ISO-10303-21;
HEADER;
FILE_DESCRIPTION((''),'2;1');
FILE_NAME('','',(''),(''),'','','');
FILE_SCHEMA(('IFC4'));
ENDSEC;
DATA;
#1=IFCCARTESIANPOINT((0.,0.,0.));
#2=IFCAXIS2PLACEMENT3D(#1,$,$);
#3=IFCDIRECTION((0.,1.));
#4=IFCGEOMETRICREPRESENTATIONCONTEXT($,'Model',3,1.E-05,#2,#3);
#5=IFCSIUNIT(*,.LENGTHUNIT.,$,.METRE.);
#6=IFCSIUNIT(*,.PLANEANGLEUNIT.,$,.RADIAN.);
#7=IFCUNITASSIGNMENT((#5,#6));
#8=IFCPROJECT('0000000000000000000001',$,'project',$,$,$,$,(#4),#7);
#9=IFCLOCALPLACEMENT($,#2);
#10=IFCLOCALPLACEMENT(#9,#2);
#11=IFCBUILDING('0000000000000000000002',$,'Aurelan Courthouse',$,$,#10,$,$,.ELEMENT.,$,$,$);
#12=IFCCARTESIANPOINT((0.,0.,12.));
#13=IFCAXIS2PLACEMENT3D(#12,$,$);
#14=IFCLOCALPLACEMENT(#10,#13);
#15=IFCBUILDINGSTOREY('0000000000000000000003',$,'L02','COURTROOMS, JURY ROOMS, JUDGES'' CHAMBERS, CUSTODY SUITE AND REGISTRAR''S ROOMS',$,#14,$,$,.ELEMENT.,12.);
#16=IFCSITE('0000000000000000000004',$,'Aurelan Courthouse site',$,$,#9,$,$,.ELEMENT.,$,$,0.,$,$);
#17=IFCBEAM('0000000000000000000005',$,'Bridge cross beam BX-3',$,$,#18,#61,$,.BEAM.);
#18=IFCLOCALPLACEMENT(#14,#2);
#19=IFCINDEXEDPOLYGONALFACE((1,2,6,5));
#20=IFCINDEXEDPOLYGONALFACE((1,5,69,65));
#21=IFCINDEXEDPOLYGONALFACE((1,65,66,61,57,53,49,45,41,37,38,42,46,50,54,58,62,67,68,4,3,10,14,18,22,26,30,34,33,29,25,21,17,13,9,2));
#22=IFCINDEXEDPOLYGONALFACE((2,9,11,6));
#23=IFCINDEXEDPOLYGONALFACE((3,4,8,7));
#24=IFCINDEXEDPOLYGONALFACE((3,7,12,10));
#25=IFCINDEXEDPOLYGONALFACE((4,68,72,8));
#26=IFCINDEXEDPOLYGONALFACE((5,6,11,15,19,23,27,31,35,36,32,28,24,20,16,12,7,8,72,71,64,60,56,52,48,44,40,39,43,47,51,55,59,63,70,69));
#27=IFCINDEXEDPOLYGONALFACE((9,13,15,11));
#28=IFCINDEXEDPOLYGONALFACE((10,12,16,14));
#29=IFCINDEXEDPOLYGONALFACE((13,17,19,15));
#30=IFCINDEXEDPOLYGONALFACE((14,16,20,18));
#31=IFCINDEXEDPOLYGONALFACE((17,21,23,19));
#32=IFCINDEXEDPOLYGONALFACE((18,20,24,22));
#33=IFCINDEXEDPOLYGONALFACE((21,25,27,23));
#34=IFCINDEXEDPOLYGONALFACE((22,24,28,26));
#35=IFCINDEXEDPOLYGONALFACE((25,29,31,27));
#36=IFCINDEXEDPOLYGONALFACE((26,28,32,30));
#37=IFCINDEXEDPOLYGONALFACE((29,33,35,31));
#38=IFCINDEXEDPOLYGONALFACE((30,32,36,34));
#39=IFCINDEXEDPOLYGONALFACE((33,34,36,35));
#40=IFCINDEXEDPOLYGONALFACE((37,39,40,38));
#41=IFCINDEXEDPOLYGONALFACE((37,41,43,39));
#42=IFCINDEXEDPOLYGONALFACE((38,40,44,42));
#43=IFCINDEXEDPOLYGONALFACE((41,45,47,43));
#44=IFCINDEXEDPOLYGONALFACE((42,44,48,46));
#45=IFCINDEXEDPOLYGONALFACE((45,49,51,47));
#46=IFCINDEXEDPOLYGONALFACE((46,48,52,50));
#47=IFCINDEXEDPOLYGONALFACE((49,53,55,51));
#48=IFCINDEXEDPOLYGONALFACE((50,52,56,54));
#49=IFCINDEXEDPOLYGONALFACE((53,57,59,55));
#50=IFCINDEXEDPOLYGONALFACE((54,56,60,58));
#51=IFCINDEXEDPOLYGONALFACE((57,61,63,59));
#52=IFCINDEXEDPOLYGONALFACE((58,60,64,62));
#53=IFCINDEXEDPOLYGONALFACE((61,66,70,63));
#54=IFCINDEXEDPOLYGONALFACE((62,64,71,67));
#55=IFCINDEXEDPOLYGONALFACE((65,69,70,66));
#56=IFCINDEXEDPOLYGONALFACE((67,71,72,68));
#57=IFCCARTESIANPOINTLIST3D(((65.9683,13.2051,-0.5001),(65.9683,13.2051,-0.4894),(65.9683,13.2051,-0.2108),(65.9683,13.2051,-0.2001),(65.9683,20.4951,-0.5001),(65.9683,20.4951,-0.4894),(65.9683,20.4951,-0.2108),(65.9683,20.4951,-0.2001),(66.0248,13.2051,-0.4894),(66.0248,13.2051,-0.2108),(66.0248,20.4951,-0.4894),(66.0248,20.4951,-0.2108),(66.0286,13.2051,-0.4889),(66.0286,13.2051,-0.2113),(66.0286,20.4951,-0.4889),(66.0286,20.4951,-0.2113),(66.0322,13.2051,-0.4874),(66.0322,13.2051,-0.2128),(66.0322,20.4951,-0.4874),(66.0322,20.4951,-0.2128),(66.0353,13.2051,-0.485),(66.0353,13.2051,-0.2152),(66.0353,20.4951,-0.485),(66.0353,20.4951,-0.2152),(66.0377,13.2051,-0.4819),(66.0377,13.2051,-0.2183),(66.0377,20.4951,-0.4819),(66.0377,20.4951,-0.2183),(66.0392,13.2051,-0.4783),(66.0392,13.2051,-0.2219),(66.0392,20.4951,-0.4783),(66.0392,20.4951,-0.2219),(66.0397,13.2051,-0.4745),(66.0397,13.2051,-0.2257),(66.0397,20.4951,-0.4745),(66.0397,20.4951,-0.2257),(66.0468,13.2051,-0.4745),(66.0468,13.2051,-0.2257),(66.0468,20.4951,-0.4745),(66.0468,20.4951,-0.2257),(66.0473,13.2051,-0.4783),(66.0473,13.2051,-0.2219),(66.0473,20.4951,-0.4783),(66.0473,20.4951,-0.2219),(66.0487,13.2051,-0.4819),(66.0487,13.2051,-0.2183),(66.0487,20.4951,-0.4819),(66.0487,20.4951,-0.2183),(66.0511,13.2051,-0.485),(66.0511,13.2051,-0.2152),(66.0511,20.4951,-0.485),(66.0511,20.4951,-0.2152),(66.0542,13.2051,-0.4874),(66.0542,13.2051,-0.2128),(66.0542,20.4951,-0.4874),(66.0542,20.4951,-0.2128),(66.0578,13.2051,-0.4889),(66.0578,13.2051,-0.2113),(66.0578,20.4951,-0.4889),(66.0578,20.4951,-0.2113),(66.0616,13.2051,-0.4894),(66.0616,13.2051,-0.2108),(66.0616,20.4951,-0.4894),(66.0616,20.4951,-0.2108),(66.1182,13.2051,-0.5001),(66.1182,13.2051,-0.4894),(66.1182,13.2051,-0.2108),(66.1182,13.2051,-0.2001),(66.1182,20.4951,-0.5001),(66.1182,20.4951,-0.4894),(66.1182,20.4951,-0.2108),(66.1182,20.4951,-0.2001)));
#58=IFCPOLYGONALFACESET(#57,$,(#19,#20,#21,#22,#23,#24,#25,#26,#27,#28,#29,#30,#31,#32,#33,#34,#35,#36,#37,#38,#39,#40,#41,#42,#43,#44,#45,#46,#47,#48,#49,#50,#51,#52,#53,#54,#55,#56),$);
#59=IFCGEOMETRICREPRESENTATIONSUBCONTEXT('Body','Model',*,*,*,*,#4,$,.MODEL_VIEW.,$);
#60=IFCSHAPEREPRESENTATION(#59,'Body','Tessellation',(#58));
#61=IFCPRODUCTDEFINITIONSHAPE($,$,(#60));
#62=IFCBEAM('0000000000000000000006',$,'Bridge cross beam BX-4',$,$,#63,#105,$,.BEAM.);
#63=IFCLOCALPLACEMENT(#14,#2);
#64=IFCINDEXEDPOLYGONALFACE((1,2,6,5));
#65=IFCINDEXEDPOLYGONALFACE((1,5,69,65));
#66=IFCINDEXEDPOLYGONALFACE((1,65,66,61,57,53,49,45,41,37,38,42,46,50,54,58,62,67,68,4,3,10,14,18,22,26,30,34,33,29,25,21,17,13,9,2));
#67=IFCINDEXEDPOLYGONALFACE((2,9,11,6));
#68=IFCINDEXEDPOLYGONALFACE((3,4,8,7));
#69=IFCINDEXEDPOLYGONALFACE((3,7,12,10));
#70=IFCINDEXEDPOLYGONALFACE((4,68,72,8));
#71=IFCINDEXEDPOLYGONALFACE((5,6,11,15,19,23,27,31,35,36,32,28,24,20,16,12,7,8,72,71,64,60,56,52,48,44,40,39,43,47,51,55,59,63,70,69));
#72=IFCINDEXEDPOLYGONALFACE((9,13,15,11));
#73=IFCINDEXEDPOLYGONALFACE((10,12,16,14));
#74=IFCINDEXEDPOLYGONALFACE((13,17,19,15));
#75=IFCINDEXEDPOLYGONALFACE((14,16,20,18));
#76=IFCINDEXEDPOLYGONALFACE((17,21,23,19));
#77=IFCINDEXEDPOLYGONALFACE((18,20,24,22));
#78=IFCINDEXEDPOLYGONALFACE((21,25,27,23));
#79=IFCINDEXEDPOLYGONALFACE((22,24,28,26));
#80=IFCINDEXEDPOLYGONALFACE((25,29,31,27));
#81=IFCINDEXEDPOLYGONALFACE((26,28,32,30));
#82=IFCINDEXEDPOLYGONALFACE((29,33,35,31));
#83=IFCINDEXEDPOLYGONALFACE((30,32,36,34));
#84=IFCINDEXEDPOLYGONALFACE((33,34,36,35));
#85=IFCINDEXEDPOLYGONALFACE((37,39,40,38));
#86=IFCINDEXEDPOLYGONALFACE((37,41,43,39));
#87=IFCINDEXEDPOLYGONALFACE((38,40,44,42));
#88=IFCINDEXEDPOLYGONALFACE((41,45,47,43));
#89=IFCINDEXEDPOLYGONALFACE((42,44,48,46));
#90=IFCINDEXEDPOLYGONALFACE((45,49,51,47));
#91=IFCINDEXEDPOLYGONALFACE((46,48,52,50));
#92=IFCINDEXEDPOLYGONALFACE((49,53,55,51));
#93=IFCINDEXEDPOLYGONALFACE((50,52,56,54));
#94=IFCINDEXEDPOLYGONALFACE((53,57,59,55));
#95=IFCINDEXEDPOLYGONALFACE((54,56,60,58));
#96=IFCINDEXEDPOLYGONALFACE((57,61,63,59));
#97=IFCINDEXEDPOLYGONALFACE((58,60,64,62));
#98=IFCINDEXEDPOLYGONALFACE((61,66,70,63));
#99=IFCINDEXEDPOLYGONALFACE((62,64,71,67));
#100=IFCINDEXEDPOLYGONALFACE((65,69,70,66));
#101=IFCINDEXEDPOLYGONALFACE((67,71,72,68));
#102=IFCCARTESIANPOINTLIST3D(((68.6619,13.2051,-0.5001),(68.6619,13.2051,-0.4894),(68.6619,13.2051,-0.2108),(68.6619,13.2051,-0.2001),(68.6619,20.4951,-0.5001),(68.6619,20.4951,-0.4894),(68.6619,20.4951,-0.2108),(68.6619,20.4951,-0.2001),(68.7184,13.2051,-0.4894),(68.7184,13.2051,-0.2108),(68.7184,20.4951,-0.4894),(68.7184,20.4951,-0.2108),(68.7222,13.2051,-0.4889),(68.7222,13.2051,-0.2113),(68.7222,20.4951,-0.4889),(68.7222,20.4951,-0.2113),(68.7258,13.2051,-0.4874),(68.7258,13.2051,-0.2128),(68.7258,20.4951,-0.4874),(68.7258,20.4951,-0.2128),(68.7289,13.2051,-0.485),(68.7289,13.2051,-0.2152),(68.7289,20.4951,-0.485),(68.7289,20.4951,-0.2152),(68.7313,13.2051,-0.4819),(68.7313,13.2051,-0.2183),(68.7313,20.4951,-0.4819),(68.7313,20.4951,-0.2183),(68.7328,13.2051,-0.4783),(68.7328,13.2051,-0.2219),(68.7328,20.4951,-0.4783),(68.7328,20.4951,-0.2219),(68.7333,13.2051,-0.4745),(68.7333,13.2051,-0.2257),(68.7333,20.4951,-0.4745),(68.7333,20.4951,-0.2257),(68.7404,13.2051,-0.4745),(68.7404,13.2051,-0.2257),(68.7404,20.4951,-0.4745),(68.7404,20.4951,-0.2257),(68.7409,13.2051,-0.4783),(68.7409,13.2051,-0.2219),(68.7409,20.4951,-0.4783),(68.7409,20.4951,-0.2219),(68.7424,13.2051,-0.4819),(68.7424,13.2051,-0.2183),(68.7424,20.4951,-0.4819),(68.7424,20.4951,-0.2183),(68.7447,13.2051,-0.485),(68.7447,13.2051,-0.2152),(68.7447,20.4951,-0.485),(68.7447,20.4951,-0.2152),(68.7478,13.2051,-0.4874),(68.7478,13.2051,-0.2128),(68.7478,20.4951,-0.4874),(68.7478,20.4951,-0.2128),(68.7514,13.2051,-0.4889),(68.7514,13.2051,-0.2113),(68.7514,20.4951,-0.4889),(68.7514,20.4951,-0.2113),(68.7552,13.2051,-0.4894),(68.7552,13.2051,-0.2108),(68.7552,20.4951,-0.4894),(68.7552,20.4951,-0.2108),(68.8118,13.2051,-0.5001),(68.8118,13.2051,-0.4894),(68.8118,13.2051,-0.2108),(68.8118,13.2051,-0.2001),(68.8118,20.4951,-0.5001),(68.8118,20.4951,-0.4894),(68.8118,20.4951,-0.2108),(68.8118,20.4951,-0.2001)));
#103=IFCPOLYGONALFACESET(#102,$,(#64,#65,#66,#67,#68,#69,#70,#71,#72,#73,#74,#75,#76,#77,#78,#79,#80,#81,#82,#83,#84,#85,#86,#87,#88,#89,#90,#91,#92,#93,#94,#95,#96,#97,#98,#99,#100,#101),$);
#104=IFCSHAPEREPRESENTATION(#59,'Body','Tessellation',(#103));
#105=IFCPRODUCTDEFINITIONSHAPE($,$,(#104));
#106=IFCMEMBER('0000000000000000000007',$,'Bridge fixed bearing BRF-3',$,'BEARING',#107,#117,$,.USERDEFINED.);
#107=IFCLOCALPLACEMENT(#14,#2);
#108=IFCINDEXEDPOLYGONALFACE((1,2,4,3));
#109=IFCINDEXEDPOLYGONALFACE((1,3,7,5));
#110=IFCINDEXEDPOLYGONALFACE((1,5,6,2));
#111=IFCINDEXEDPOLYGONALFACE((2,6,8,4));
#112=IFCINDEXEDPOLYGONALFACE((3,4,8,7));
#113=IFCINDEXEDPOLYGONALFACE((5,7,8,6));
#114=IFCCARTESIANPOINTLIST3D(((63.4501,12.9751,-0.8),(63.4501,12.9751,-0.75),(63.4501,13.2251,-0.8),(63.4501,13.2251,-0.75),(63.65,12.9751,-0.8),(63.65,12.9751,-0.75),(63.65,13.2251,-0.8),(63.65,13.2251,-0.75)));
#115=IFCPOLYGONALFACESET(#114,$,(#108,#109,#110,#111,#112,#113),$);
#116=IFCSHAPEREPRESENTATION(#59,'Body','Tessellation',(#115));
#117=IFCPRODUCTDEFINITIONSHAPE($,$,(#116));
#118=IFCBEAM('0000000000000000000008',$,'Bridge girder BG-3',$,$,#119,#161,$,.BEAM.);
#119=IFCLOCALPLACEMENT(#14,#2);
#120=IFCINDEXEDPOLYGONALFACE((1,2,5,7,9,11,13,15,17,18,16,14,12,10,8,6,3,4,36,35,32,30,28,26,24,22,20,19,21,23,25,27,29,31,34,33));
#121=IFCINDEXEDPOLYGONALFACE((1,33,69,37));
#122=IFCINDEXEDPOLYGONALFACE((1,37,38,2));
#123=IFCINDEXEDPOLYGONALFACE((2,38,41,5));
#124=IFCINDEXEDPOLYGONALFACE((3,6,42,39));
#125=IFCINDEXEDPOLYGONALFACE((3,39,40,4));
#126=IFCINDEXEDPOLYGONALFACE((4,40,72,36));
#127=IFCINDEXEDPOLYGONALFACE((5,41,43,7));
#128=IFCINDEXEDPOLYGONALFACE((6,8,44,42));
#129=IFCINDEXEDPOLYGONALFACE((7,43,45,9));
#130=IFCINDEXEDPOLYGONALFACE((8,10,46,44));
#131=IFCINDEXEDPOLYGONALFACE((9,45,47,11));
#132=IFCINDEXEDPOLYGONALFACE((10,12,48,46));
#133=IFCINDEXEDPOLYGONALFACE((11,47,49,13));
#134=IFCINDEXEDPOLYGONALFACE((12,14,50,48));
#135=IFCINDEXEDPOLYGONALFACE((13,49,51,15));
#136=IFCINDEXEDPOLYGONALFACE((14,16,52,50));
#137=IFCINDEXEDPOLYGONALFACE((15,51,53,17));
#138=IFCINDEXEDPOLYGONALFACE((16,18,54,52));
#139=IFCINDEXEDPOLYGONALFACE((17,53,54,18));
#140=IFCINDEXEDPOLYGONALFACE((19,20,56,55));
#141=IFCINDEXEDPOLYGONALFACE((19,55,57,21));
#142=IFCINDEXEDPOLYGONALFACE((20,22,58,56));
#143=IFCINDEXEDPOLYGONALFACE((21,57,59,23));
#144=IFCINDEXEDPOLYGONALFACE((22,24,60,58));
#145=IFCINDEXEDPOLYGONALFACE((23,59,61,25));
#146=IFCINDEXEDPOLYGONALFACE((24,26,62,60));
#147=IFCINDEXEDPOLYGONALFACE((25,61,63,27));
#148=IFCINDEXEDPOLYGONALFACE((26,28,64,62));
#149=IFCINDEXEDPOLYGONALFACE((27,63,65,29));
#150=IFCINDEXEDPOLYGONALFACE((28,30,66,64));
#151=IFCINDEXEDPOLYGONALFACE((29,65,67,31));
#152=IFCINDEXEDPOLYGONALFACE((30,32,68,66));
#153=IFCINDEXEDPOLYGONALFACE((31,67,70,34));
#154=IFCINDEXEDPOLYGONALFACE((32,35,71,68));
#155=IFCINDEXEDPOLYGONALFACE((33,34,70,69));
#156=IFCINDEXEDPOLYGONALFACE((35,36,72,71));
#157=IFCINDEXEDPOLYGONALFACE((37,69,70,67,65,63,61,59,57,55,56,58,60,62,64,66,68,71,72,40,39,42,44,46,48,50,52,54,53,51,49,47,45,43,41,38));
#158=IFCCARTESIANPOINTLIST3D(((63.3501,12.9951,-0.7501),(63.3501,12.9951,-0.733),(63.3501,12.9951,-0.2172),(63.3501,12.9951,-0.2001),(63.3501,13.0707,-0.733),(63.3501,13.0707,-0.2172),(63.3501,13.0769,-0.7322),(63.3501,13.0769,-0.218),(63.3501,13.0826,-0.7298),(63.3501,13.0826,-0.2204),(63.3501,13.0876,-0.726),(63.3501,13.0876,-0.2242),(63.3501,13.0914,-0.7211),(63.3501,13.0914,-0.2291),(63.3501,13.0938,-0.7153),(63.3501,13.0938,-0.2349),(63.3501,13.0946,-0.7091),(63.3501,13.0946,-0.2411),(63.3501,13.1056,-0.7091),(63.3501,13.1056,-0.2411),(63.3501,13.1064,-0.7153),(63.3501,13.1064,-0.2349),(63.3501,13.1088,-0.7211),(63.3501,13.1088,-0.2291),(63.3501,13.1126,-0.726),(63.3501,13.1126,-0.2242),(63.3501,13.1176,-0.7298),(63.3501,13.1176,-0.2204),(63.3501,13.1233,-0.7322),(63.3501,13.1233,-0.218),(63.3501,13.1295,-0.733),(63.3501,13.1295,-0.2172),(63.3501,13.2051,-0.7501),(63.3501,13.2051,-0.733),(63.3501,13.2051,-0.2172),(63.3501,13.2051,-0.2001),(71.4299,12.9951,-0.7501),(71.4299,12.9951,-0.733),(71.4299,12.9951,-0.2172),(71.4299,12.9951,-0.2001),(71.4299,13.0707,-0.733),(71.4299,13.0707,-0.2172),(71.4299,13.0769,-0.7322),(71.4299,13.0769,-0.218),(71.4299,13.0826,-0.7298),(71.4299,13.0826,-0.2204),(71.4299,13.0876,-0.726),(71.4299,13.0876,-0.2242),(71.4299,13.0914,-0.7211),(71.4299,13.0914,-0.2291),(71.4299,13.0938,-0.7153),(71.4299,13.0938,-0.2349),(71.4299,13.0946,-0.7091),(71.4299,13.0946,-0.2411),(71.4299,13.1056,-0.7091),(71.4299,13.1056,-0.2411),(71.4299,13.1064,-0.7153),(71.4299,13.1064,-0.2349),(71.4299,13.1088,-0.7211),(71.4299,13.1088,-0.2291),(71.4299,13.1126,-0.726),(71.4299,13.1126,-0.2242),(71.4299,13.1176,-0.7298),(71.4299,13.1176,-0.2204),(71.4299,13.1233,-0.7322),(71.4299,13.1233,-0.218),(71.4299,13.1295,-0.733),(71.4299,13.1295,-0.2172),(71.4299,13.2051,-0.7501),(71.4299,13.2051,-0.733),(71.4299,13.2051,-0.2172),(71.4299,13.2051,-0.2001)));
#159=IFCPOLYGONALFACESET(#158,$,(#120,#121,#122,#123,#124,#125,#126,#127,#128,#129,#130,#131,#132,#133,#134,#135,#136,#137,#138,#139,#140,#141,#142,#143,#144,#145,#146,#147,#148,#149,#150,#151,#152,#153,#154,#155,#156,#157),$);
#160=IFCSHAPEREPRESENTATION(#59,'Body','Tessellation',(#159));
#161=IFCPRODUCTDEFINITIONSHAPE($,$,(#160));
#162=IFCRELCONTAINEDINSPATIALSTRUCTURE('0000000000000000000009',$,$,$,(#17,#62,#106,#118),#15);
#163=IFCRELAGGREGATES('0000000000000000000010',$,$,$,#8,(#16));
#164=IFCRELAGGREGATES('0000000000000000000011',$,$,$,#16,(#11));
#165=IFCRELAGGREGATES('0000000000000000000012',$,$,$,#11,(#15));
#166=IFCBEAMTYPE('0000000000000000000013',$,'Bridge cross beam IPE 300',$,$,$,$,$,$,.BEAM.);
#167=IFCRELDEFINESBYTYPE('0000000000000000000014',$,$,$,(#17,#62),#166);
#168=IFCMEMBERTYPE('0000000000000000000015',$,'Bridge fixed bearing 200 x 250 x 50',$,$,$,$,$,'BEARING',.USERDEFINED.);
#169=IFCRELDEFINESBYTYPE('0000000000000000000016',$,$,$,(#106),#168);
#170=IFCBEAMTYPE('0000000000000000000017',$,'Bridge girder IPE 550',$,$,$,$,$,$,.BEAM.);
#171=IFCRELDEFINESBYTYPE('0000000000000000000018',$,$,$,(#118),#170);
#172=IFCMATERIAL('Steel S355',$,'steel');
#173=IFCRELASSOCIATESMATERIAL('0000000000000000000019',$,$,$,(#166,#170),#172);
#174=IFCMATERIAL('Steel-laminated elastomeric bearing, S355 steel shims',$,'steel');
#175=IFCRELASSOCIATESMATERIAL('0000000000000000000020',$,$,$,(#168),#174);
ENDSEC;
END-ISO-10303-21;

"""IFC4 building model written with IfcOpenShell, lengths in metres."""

from ifc_helpers import new_model, si_unit, direction, frame, origin, origin_2d, place, context, subcontext, project, spatial, rectangle, i_section, extrude, material, material_profile, profile_set, type_object, element, save


model = new_model("IFC4")

# Units and contexts
model_context = context("Model", 3, precision=1e-05, world=origin(), true_north=direction((0.0, 1.0)))
body_context = subcontext(model_context, "Body", "Model", "MODEL_VIEW")
ifc_project = project(units=[si_unit("LENGTHUNIT", "METRE"), si_unit("PLANEANGLEUNIT", "RADIAN")], contexts=[model_context])

# Site, building, storey
site_placement = place(None, origin())
site = spatial("IfcSite", under=ifc_project, at=site_placement, Name="Aurelan Courthouse site", CompositionType="ELEMENT", RefElevation=0.0)
building_placement = place(site_placement, origin())
building = spatial("IfcBuilding", under=site, at=building_placement, Name="Aurelan Courthouse", CompositionType="ELEMENT")
storey_placement = place(building_placement, frame((0.0, 0.0, 12.0)))
storey = spatial("IfcBuildingStorey", under=building, at=storey_placement, Name="L02", Description="COURTROOMS, JURY ROOMS, JUDGES' CHAMBERS, CUSTODY SUITE AND REGISTRAR'S ROOMS", CompositionType="ELEMENT", Elevation=12.0)

# Beams
ifc_material_1 = material(Name="Steel S355", Category="steel")
ifc_material_profile_1 = material_profile(ifc_material_1, i_section(OverallWidth=0.1499, OverallDepth=0.3, WebThickness=0.0071, FlangeThickness=0.0107, FilletRadius=0.0149, at=origin_2d()), Name="IPE 300")
ifc_profile_set_1 = profile_set([ifc_material_profile_1], Name="Steel S355")
beam_type_1 = type_object("IfcBeamType", Name="Bridge cross beam IPE 300", PredefinedType="BEAM", material=ifc_profile_set_1)
for number, where, z_axis, x_axis, name in (
    (1, (66.0432, 13.2051, -0.3501), (0.0, 1.0, 0.0), (-1.0, 0.0, 0.0), "Bridge cross beam BX-3"),
    (2, (68.7368, 13.2051, -0.3501), (0.0, 1.0, 0.0), (-1.0, 0.0, 0.0), "Bridge cross beam BX-4"),
):
    element("IfcBeam", number, at=place(storey_placement, frame(where, z_axis=z_axis, x_axis=x_axis)), inside=storey, type_object=beam_type_1, Name=name, PredefinedType="BEAM", context=body_context, shape_type="SweptSolid", body=[
        extrude(i_section(OverallWidth=0.1499, OverallDepth=0.3, WebThickness=0.0071, FlangeThickness=0.0107, FilletRadius=0.0149, at=origin_2d()), origin(), (0.0, 0.0, 1.0), 7.29),
    ])

# Member
ifc_material_2 = material(Name="Steel-laminated elastomeric bearing, S355 steel shims", Category="steel")
ifc_material_profile_2 = material_profile(ifc_material_2, rectangle(XDim=0.2, YDim=0.25, at=origin_2d()), Name="PL 200 x 250")
ifc_profile_set_2 = profile_set([ifc_material_profile_2], Name="Steel-laminated elastomeric bearing, S355 steel shims")
member_type_1 = type_object("IfcMemberType", Name="Bridge fixed bearing 200 x 250 x 50", ElementType="BEARING", PredefinedType="USERDEFINED", material=ifc_profile_set_2)
member_1_placement = place(storey_placement, frame((63.55, 13.1001, -0.8), z_axis=(0.0, 0.0, 1.0), x_axis=(1.0, 0.0, 0.0)))
element("IfcMember", 3, at=member_1_placement, inside=storey, type_object=member_type_1, Name="Bridge fixed bearing BRF-3", ObjectType="BEARING", PredefinedType="USERDEFINED", context=body_context, shape_type="SweptSolid", body=[
    extrude(rectangle(XDim=0.2, YDim=0.25, at=origin_2d()), origin(), (0.0, 0.0, 1.0), 0.05),
])

# Beam
ifc_material_profile_3 = material_profile(ifc_material_1, i_section(OverallWidth=0.21, OverallDepth=0.55, WebThickness=0.011, FlangeThickness=0.0171, FilletRadius=0.0239, at=origin_2d()), Name="IPE 550")
ifc_profile_set_3 = profile_set([ifc_material_profile_3], Name="Steel S355")
beam_type_2 = type_object("IfcBeamType", Name="Bridge girder IPE 550", PredefinedType="BEAM", material=ifc_profile_set_3)
beam_1_placement = place(storey_placement, frame((63.3501, 13.1001, -0.4751), z_axis=(1.0, 0.0, 0.0), x_axis=(0.0, 1.0, 0.0)))
element("IfcBeam", 4, at=beam_1_placement, inside=storey, type_object=beam_type_2, Name="Bridge girder BG-3", PredefinedType="BEAM", context=body_context, shape_type="SweptSolid", body=[
    extrude(i_section(OverallWidth=0.21, OverallDepth=0.55, WebThickness=0.011, FlangeThickness=0.0171, FilletRadius=0.0239, at=origin_2d()), origin(), (0.0, 0.0, 1.0), 8.0798),
])

save(model, "model.ifc")
